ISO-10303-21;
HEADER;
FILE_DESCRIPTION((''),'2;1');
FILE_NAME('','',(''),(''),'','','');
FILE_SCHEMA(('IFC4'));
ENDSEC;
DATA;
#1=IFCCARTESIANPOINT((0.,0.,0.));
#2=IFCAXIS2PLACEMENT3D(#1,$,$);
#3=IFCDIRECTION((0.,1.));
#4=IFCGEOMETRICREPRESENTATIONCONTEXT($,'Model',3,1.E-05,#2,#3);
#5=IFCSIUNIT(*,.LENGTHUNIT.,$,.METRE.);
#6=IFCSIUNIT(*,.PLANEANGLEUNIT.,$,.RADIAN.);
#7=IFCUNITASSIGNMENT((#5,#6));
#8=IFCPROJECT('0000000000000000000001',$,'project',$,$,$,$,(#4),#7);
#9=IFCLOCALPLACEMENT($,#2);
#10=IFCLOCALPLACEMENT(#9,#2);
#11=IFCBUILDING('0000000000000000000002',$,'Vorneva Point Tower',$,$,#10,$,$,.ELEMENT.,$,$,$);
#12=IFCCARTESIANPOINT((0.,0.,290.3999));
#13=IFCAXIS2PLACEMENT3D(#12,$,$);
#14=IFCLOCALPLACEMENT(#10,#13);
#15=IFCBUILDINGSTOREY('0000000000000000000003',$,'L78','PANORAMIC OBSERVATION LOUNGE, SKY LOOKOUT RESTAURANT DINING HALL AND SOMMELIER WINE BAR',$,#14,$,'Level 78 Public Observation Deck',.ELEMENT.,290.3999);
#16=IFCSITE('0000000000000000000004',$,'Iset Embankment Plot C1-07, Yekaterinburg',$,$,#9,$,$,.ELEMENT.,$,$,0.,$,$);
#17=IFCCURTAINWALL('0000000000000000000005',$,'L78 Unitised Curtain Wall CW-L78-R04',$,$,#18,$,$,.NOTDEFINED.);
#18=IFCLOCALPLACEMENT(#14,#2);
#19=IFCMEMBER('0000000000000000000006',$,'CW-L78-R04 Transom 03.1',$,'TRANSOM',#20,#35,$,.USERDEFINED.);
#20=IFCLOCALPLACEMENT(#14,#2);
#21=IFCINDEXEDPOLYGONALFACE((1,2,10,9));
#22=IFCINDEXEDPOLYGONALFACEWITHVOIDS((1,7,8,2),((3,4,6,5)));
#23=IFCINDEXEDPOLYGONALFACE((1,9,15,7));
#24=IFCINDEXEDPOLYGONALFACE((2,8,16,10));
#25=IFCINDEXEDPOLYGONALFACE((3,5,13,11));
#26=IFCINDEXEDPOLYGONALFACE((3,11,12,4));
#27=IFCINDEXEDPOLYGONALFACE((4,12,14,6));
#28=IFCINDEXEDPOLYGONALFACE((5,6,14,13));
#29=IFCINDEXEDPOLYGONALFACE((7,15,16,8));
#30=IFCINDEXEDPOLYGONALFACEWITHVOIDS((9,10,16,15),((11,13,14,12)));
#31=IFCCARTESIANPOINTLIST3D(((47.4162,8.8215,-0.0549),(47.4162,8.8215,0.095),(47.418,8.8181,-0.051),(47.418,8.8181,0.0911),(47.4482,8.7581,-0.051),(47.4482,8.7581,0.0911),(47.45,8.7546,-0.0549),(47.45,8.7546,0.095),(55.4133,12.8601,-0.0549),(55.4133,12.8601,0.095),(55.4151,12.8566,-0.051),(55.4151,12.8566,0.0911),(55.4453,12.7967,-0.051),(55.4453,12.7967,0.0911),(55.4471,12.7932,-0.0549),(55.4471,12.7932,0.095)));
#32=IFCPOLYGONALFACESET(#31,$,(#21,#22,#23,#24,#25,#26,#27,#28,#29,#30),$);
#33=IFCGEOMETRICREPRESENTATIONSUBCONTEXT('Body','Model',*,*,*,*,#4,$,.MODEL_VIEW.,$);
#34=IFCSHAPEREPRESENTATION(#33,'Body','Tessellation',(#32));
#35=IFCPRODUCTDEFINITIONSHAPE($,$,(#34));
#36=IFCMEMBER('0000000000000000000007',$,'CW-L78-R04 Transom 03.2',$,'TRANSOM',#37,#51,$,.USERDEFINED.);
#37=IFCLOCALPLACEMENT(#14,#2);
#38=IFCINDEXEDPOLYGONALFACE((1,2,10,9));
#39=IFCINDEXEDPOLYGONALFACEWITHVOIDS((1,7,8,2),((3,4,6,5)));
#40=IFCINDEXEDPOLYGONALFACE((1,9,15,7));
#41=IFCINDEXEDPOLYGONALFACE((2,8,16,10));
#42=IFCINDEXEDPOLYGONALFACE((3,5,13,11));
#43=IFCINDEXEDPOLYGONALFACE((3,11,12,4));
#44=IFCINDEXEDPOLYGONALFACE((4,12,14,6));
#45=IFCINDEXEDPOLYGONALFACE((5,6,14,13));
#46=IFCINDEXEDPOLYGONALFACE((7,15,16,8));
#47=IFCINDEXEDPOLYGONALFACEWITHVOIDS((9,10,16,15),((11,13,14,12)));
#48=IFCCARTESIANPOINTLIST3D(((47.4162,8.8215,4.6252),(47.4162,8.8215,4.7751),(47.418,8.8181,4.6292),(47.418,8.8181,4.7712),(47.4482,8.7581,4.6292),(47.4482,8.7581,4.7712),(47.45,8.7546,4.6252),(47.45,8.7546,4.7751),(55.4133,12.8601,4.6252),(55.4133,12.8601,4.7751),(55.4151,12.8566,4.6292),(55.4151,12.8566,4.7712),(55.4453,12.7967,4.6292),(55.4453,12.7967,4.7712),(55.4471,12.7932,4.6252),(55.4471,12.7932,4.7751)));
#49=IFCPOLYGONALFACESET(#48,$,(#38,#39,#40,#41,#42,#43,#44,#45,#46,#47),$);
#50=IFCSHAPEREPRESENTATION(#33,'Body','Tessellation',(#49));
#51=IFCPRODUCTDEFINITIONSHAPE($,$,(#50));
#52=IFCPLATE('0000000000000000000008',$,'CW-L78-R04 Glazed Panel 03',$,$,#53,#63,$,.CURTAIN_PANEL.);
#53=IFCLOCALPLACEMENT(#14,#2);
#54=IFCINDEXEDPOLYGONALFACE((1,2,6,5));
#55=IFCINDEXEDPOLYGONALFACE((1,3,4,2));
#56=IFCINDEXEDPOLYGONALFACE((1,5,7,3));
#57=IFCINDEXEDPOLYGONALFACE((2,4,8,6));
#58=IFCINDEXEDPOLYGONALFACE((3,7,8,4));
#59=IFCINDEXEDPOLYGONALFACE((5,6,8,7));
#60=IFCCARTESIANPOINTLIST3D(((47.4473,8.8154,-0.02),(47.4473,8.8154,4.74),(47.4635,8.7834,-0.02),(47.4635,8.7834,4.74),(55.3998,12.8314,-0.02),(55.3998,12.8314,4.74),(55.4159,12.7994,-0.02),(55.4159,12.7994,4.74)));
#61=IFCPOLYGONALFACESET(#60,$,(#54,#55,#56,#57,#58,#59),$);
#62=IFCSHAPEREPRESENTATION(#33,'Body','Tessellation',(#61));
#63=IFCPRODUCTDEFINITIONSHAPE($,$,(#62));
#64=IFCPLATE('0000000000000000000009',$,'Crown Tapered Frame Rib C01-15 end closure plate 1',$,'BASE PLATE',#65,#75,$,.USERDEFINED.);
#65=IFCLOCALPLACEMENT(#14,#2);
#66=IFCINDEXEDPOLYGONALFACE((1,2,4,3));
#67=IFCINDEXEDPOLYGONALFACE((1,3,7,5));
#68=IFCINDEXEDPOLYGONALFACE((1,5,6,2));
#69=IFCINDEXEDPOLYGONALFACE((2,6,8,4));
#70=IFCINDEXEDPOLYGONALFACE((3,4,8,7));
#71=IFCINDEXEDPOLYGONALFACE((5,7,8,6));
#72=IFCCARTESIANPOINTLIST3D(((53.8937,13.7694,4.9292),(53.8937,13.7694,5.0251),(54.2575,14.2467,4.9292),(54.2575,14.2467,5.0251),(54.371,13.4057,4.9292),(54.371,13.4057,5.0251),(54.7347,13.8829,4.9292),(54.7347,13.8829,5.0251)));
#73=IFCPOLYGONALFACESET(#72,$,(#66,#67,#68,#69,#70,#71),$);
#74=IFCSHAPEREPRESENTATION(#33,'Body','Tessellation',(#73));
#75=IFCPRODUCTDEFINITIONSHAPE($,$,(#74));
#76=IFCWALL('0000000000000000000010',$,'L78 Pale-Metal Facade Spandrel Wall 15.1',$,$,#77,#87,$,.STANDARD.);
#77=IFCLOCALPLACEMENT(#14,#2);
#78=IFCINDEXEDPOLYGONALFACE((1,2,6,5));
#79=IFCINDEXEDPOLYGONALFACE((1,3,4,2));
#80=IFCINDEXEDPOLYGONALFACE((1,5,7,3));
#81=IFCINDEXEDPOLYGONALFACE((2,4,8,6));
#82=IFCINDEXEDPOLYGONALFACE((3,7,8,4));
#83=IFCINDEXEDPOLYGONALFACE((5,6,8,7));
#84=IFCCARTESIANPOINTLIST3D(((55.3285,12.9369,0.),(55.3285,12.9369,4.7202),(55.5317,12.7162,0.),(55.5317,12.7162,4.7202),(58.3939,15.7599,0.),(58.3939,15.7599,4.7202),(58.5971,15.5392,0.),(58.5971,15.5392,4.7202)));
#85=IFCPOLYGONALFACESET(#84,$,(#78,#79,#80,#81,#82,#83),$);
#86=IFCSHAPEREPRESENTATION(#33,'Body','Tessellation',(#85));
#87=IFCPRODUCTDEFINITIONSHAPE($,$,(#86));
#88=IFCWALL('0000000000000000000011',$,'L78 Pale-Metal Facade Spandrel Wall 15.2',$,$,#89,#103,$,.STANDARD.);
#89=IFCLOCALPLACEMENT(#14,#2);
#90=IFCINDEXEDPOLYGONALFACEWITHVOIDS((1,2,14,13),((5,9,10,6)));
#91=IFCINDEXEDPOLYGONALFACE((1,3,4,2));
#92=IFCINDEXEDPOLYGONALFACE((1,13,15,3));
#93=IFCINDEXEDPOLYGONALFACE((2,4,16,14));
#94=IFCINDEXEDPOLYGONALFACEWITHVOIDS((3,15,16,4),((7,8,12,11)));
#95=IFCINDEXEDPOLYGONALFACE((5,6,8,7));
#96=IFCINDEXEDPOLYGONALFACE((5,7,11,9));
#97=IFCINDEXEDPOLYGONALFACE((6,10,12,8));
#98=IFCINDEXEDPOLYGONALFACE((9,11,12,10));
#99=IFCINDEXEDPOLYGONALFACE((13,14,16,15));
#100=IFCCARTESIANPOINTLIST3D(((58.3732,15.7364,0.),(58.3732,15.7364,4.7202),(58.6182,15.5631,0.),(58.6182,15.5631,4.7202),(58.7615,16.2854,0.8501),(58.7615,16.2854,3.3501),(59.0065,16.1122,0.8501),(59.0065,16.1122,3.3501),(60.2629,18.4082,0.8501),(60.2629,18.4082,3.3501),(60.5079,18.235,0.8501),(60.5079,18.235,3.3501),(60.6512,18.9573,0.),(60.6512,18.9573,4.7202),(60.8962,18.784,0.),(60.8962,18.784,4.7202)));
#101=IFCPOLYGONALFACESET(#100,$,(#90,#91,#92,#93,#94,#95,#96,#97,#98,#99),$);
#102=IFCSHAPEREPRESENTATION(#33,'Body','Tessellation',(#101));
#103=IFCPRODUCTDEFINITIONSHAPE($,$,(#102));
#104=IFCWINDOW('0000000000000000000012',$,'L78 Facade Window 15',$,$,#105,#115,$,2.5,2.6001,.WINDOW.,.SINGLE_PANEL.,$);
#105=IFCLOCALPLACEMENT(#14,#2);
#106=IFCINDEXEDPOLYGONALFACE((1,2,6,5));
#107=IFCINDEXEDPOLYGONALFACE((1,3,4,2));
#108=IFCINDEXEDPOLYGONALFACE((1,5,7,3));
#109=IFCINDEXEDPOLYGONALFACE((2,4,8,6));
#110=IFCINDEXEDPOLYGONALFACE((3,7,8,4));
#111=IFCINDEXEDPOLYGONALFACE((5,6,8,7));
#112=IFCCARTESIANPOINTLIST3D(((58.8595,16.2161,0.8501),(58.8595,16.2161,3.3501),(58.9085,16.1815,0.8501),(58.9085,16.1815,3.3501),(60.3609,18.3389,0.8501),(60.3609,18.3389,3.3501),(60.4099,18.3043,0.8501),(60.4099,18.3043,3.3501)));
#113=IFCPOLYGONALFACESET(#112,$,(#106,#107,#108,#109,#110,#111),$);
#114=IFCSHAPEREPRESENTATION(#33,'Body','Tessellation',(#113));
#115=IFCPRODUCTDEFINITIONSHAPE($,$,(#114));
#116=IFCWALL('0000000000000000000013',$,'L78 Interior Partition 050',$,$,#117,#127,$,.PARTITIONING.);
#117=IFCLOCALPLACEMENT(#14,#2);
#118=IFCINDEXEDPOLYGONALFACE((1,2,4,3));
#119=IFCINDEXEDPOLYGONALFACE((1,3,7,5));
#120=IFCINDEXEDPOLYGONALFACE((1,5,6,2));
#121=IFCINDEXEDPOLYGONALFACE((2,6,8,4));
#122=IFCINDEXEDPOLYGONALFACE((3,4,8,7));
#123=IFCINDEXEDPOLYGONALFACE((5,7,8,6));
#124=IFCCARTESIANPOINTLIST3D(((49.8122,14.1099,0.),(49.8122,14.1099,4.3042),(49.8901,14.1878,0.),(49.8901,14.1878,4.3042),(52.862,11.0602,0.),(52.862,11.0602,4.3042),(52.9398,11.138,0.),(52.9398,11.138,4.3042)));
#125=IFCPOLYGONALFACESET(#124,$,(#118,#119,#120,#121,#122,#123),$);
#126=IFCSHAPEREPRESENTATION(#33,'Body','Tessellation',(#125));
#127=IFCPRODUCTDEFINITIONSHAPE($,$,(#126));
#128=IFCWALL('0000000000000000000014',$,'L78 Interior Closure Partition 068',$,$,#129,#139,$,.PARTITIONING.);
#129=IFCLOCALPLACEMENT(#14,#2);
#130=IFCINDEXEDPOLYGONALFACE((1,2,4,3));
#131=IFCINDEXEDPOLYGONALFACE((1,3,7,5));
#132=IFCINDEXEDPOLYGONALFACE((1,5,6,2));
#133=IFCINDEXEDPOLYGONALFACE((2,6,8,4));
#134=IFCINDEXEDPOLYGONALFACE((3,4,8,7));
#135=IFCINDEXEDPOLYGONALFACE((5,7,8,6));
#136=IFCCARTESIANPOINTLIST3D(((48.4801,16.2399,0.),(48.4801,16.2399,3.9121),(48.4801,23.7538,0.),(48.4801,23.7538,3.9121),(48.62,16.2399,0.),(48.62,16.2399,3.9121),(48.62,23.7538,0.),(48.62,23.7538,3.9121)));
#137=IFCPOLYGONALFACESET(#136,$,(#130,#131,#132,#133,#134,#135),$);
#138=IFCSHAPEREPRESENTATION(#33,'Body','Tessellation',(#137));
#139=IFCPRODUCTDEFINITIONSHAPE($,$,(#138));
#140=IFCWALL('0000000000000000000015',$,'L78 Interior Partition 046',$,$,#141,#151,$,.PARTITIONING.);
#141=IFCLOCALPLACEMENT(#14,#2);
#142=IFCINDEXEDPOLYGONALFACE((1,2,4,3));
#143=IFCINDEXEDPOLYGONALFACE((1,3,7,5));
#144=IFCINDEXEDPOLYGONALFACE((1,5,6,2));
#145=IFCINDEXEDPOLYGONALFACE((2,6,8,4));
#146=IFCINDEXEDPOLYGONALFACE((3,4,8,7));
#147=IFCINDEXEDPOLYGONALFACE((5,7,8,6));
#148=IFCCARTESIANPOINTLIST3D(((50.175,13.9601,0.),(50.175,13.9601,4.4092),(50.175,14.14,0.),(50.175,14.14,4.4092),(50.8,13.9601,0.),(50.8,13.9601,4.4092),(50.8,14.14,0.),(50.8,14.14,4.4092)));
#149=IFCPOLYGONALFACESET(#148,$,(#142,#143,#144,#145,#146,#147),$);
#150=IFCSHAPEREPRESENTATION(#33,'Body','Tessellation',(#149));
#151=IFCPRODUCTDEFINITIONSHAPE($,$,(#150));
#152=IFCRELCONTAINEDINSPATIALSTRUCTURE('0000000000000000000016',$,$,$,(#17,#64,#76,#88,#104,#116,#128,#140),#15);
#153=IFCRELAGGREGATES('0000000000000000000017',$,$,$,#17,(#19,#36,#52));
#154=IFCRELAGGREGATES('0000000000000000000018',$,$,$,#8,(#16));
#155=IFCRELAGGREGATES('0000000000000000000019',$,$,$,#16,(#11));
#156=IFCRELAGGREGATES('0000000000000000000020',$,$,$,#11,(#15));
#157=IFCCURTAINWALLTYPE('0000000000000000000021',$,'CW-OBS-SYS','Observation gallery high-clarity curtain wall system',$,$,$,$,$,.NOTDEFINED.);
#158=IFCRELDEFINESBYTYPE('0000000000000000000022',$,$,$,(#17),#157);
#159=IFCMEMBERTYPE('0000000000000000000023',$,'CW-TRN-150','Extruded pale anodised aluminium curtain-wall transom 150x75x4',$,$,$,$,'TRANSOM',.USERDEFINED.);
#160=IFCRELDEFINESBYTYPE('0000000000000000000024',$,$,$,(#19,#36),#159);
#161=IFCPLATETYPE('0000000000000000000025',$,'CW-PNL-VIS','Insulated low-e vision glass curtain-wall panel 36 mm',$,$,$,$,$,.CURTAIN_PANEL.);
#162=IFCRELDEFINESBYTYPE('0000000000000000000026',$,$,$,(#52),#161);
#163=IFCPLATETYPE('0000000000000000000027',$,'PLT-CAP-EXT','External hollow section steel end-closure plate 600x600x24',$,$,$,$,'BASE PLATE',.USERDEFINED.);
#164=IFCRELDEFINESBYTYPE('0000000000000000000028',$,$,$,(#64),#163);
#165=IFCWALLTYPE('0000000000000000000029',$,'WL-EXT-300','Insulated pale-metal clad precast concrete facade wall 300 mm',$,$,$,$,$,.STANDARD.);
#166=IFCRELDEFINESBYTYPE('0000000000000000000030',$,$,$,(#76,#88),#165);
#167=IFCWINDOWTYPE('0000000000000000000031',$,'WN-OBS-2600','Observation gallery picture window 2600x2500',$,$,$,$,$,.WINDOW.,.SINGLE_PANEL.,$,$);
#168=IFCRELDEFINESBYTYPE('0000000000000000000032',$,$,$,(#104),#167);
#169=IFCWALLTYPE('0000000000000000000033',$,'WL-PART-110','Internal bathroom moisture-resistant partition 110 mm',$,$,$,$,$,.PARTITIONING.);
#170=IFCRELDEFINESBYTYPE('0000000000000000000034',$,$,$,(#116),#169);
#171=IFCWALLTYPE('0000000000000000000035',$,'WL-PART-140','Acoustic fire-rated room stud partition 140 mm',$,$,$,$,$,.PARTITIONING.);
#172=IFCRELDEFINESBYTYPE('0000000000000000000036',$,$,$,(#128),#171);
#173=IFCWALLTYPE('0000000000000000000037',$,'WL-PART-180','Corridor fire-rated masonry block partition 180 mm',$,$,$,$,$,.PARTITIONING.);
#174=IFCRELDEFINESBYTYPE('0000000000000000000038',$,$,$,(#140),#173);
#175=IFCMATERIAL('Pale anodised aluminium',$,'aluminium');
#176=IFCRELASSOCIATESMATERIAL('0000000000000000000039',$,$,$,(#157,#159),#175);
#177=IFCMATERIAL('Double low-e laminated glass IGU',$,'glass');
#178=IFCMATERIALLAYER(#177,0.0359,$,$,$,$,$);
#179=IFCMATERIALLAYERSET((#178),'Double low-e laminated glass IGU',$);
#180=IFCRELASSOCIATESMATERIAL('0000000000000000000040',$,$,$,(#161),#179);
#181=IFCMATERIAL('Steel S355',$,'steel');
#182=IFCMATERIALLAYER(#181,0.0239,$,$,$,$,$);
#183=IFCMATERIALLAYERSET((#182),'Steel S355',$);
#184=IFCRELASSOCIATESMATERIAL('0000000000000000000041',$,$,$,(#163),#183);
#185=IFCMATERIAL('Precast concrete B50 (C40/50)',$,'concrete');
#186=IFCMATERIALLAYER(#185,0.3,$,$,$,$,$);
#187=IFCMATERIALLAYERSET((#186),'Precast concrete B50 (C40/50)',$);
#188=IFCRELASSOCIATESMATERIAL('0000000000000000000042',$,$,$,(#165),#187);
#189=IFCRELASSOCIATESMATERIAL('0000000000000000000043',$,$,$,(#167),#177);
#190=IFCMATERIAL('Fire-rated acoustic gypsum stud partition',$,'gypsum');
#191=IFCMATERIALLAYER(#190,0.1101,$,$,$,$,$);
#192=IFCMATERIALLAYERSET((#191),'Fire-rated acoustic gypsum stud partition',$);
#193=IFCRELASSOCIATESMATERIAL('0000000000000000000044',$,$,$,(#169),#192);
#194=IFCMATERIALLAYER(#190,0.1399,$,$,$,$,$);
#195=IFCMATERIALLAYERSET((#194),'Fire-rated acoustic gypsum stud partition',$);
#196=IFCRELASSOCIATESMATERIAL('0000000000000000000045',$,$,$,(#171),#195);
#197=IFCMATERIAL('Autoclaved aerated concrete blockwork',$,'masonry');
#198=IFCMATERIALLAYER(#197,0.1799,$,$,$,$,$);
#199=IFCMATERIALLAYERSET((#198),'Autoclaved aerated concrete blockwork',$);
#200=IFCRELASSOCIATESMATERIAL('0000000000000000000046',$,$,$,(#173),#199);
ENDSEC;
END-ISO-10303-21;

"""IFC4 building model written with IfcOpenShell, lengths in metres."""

from ifc_helpers import new_model, si_unit, direction, frame, frame_2d, origin, origin_2d, place, context, subcontext, project, spatial, rectangle, hollow_rectangle, extrude, material, layer, layer_set, material_profile, profile_set, type_object, element, fill, aggregate, save


model = new_model("IFC4")

# Units and contexts
model_context = context("Model", 3, precision=1e-05, world=origin(), true_north=direction((0.0, 1.0)))
body_context = subcontext(model_context, "Body", "Model", "MODEL_VIEW")
ifc_project = project(units=[si_unit("LENGTHUNIT", "METRE"), si_unit("PLANEANGLEUNIT", "RADIAN")], contexts=[model_context])

# Site, building, storey
site_placement = place(None, origin())
site = spatial("IfcSite", under=ifc_project, at=site_placement, Name="Iset Embankment Plot C1-07, Yekaterinburg", CompositionType="ELEMENT", RefElevation=0.0)
building_placement = place(site_placement, origin())
building = spatial("IfcBuilding", under=site, at=building_placement, Name="Vorneva Point Tower", CompositionType="ELEMENT")
storey_placement = place(building_placement, frame((0.0, 0.0, 290.3999)))
storey = spatial("IfcBuildingStorey", under=building, at=storey_placement, Name="L78", Description="PANORAMIC OBSERVATION LOUNGE, SKY LOOKOUT RESTAURANT DINING HALL AND SOMMELIER WINE BAR", LongName="Level 78 Public Observation Deck", CompositionType="ELEMENT", Elevation=290.3999)

# Shared definitions
ifc_material_1 = material(Name="Steel S355", Category="steel")

# Curtain wall, members, plate
ifc_material_2 = material(Name="Pale anodised aluminium", Category="aluminium")
curtain_wall_type = type_object("IfcCurtainWallType", Name="CW-OBS-SYS", Description="Observation gallery high-clarity curtain wall system", PredefinedType="NOTDEFINED", material=ifc_material_2)
curtain_wall_placement = place(storey_placement, origin())
curtain_wall = element("IfcCurtainWall", 1, at=curtain_wall_placement, inside=storey, type_object=curtain_wall_type, Name="L78 Unitised Curtain Wall CW-L78-R04", PredefinedType="NOTDEFINED")
ifc_material_profile_1 = material_profile(ifc_material_2, hollow_rectangle(XDim=0.075, YDim=0.1499, WallThickness=0.0039, at=origin_2d()), Name="AL-TRN 150x75x4")
ifc_profile_set_1 = profile_set([ifc_material_profile_1], Name="Pale anodised aluminium")
member_type_1 = type_object("IfcMemberType", Name="CW-TRN-150", Description="Extruded pale anodised aluminium curtain-wall transom 150x75x4", ElementType="TRANSOM", PredefinedType="USERDEFINED", material=ifc_profile_set_1)
member_1_placement = place(storey_placement, frame((47.4331, 8.7881, 0.02), z_axis=(0.892632, 0.450785, 0.0), x_axis=(-0.450785, 0.892632, 0.0)))
member_1 = element("IfcMember", 2, at=member_1_placement, type_object=member_type_1, Name="CW-L78-R04 Transom 03.1", ObjectType="TRANSOM", PredefinedType="USERDEFINED", context=body_context, shape_type="SweptSolid", body=[
    extrude(hollow_rectangle(XDim=0.075, YDim=0.1499, WallThickness=0.0039, at=origin_2d()), origin(), (0.0, 0.0, 1.0), 8.959),
])
member_2_placement = place(storey_placement, frame((47.4331, 8.7881, 4.7002), z_axis=(0.892632, 0.450785, 0.0), x_axis=(-0.450785, 0.892632, 0.0)))
member_2 = element("IfcMember", 3, at=member_2_placement, type_object=member_type_1, Name="CW-L78-R04 Transom 03.2", ObjectType="TRANSOM", PredefinedType="USERDEFINED", context=body_context, shape_type="SweptSolid", body=[
    extrude(hollow_rectangle(XDim=0.075, YDim=0.1499, WallThickness=0.0039, at=origin_2d()), origin(), (0.0, 0.0, 1.0), 8.959),
])
ifc_material_3 = material(Name="Double low-e laminated glass IGU", Category="glass")
ifc_layer_1 = layer(ifc_material_3, 0.0359)
ifc_layer_set_1 = layer_set([ifc_layer_1], Name="Double low-e laminated glass IGU")
plate_type_1 = type_object("IfcPlateType", Name="CW-PNL-VIS", Description="Insulated low-e vision glass curtain-wall panel 36 mm", PredefinedType="CURTAIN_PANEL", material=ifc_layer_set_1)
plate_1_placement = place(storey_placement, frame((51.4316, 10.8074, -0.02), z_axis=(0.0, 0.0, 1.0), x_axis=(0.892633, 0.450784, 0.0)))
plate_1 = element("IfcPlate", 4, at=plate_1_placement, type_object=plate_type_1, Name="CW-L78-R04 Glazed Panel 03", PredefinedType="CURTAIN_PANEL", context=body_context, shape_type="SweptSolid", body=[
    extrude(rectangle(XDim=8.9089, YDim=0.0359, at=origin_2d()), origin(), (0.0, 0.0, 1.0), 4.76),
])
aggregate(curtain_wall, [member_1, member_2, plate_1])

# Plate
ifc_layer_2 = layer(ifc_material_1, 0.0239)
ifc_layer_set_2 = layer_set([ifc_layer_2], Name="Steel S355")
plate_type_2 = type_object("IfcPlateType", Name="PLT-CAP-EXT", Description="External hollow section steel end-closure plate 600x600x24", ElementType="BASE PLATE", PredefinedType="USERDEFINED", material=ifc_layer_set_2)
plate_2_placement = place(storey_placement, frame((54.3142, 13.8262, 4.9292), z_axis=(0.0, 0.0, 1.0), x_axis=(-0.795325, 0.606183, 0.0)))
element("IfcPlate", 5, at=plate_2_placement, inside=storey, type_object=plate_type_2, Name="Crown Tapered Frame Rib C01-15 end closure plate 1", ObjectType="BASE PLATE", PredefinedType="USERDEFINED", context=body_context, shape_type="SweptSolid", body=[
    extrude(rectangle(XDim=0.6001, YDim=0.6001, at=origin_2d()), origin(), (0.0, 0.0, 1.0), 0.0959),
])

# Wall
ifc_material_4 = material(Name="Precast concrete B50 (C40/50)", Category="concrete")
ifc_layer_3 = layer(ifc_material_4, 0.3)
ifc_layer_set_3 = layer_set([ifc_layer_3], Name="Precast concrete B50 (C40/50)")
wall_type_1 = type_object("IfcWallType", Name="WL-EXT-300", Description="Insulated pale-metal clad precast concrete facade wall 300 mm", PredefinedType="STANDARD", material=ifc_layer_set_3)
wall_1_placement = place(storey_placement, frame((55.4302, 12.8267, 0.0), z_axis=(0.0, 0.0, 1.0), x_axis=(0.735596, 0.677421, 0.0)))
element("IfcWall", 6, at=wall_1_placement, inside=storey, type_object=wall_type_1, Name="L78 Pale-Metal Facade Spandrel Wall 15.1", PredefinedType="STANDARD", context=body_context, shape_type="SweptSolid", body=[
    extrude(rectangle(XDim=4.1672, YDim=0.3, at=frame_2d((2.0835, 0.0))), origin(), (0.0, 0.0, 1.0), 4.7202),
])

# Wall, opening, window
wall_2_placement = place(storey_placement, frame((58.4956, 15.6497, 0.0), z_axis=(0.0, 0.0, 1.0), x_axis=(0.577439, 0.816434, 0.0)))
wall_2 = element("IfcWall", 7, at=wall_2_placement, inside=storey, type_object=wall_type_1, Name="L78 Pale-Metal Facade Spandrel Wall 15.2", PredefinedType="STANDARD", context=body_context, shape_type="SweptSolid", body=[
    extrude(rectangle(XDim=3.9451, YDim=0.3, at=frame_2d((1.9727, 0.0))), origin(), (0.0, 0.0, 1.0), 4.7202),
])
opening_1_placement = place(wall_2_placement, frame((0.6726, 0.0, 0.8501)))
opening_1 = element("IfcOpeningElement", 8, at=opening_1_placement, cuts=wall_2, PredefinedType="OPENING", context=body_context, shape_type="SweptSolid", body=[
    extrude(rectangle(XDim=2.6001, YDim=2.5, at=frame_2d((1.3, 1.25))), frame((0.0, 0.165, 0.0), z_axis=(0.0, -1.0, 0.0), x_axis=(1.0, 0.0, 0.0)), (0.0, 0.0, 1.0), 0.3298),
])
window_type = type_object("IfcWindowType", Name="WN-OBS-2600", Description="Observation gallery picture window 2600x2500", PartitioningType="SINGLE_PANEL", PredefinedType="WINDOW", material=ifc_material_3)
window_placement = place(opening_1_placement, origin())
window = element("IfcWindow", 9, at=window_placement, inside=storey, type_object=window_type, Name="L78 Facade Window 15", OverallHeight=2.5, OverallWidth=2.6001, PartitioningType="SINGLE_PANEL", PredefinedType="WINDOW", context=body_context, shape_type="SweptSolid", body=[
    extrude(rectangle(XDim=2.6001, YDim=2.5, at=frame_2d((1.3, 1.25))), frame((0.0, 0.03, 0.0), z_axis=(0.0, -1.0, 0.0), x_axis=(1.0, 0.0, 0.0)), (0.0, 0.0, 1.0), 0.0601),
])
fill(opening_1, window)

# Walls
ifc_material_5 = material(Name="Fire-rated acoustic gypsum stud partition", Category="gypsum")
ifc_layer_4 = layer(ifc_material_5, 0.1101)
ifc_layer_set_4 = layer_set([ifc_layer_4], Name="Fire-rated acoustic gypsum stud partition")
wall_type_2 = type_object("IfcWallType", Name="WL-PART-110", Description="Internal bathroom moisture-resistant partition 110 mm", PredefinedType="PARTITIONING", material=ifc_layer_set_4)
wall_3_placement = place(storey_placement, frame((52.9009, 11.0991, 0.0), z_axis=(0.0, 0.0, 1.0), x_axis=(-0.707107, 0.707107, 0.0)))
element("IfcWall", 10, at=wall_3_placement, inside=storey, type_object=wall_type_2, Name="L78 Interior Partition 050", PredefinedType="PARTITIONING", context=body_context, shape_type="SweptSolid", body=[
    extrude(rectangle(XDim=4.313, YDim=0.1101, at=frame_2d((2.1565, 0.0))), origin(), (0.0, 0.0, 1.0), 4.3042),
])
ifc_layer_5 = layer(ifc_material_5, 0.1399)
ifc_layer_set_5 = layer_set([ifc_layer_5], Name="Fire-rated acoustic gypsum stud partition")
wall_type_3 = type_object("IfcWallType", Name="WL-PART-140", Description="Acoustic fire-rated room stud partition 140 mm", PredefinedType="PARTITIONING", material=ifc_layer_set_5)
wall_4_placement = place(storey_placement, frame((48.55, 16.24, 0.0), z_axis=(0.0, 0.0, 1.0), x_axis=(0.0, 1.0, 0.0)))
element("IfcWall", 11, at=wall_4_placement, inside=storey, type_object=wall_type_3, Name="L78 Interior Closure Partition 068", PredefinedType="PARTITIONING", context=body_context, shape_type="SweptSolid", body=[
    extrude(rectangle(XDim=7.5139, YDim=0.1399, at=frame_2d((3.7568, 0.0))), origin(), (0.0, 0.0, 1.0), 3.9121),
])
ifc_material_6 = material(Name="Autoclaved aerated concrete blockwork", Category="masonry")
ifc_layer_6 = layer(ifc_material_6, 0.1799)
ifc_layer_set_6 = layer_set([ifc_layer_6], Name="Autoclaved aerated concrete blockwork")
wall_type_4 = type_object("IfcWallType", Name="WL-PART-180", Description="Corridor fire-rated masonry block partition 180 mm", PredefinedType="PARTITIONING", material=ifc_layer_set_6)
wall_5_placement = place(storey_placement, frame((50.175, 14.05, 0.0), z_axis=(0.0, 0.0, 1.0), x_axis=(1.0, 0.0, 0.0)))
element("IfcWall", 12, at=wall_5_placement, inside=storey, type_object=wall_type_4, Name="L78 Interior Partition 046", PredefinedType="PARTITIONING", context=body_context, shape_type="SweptSolid", body=[
    extrude(rectangle(XDim=0.625, YDim=0.1799, at=frame_2d((0.3125, 0.0))), origin(), (0.0, 0.0, 1.0), 4.4092),
])

save(model, "model.ifc")
